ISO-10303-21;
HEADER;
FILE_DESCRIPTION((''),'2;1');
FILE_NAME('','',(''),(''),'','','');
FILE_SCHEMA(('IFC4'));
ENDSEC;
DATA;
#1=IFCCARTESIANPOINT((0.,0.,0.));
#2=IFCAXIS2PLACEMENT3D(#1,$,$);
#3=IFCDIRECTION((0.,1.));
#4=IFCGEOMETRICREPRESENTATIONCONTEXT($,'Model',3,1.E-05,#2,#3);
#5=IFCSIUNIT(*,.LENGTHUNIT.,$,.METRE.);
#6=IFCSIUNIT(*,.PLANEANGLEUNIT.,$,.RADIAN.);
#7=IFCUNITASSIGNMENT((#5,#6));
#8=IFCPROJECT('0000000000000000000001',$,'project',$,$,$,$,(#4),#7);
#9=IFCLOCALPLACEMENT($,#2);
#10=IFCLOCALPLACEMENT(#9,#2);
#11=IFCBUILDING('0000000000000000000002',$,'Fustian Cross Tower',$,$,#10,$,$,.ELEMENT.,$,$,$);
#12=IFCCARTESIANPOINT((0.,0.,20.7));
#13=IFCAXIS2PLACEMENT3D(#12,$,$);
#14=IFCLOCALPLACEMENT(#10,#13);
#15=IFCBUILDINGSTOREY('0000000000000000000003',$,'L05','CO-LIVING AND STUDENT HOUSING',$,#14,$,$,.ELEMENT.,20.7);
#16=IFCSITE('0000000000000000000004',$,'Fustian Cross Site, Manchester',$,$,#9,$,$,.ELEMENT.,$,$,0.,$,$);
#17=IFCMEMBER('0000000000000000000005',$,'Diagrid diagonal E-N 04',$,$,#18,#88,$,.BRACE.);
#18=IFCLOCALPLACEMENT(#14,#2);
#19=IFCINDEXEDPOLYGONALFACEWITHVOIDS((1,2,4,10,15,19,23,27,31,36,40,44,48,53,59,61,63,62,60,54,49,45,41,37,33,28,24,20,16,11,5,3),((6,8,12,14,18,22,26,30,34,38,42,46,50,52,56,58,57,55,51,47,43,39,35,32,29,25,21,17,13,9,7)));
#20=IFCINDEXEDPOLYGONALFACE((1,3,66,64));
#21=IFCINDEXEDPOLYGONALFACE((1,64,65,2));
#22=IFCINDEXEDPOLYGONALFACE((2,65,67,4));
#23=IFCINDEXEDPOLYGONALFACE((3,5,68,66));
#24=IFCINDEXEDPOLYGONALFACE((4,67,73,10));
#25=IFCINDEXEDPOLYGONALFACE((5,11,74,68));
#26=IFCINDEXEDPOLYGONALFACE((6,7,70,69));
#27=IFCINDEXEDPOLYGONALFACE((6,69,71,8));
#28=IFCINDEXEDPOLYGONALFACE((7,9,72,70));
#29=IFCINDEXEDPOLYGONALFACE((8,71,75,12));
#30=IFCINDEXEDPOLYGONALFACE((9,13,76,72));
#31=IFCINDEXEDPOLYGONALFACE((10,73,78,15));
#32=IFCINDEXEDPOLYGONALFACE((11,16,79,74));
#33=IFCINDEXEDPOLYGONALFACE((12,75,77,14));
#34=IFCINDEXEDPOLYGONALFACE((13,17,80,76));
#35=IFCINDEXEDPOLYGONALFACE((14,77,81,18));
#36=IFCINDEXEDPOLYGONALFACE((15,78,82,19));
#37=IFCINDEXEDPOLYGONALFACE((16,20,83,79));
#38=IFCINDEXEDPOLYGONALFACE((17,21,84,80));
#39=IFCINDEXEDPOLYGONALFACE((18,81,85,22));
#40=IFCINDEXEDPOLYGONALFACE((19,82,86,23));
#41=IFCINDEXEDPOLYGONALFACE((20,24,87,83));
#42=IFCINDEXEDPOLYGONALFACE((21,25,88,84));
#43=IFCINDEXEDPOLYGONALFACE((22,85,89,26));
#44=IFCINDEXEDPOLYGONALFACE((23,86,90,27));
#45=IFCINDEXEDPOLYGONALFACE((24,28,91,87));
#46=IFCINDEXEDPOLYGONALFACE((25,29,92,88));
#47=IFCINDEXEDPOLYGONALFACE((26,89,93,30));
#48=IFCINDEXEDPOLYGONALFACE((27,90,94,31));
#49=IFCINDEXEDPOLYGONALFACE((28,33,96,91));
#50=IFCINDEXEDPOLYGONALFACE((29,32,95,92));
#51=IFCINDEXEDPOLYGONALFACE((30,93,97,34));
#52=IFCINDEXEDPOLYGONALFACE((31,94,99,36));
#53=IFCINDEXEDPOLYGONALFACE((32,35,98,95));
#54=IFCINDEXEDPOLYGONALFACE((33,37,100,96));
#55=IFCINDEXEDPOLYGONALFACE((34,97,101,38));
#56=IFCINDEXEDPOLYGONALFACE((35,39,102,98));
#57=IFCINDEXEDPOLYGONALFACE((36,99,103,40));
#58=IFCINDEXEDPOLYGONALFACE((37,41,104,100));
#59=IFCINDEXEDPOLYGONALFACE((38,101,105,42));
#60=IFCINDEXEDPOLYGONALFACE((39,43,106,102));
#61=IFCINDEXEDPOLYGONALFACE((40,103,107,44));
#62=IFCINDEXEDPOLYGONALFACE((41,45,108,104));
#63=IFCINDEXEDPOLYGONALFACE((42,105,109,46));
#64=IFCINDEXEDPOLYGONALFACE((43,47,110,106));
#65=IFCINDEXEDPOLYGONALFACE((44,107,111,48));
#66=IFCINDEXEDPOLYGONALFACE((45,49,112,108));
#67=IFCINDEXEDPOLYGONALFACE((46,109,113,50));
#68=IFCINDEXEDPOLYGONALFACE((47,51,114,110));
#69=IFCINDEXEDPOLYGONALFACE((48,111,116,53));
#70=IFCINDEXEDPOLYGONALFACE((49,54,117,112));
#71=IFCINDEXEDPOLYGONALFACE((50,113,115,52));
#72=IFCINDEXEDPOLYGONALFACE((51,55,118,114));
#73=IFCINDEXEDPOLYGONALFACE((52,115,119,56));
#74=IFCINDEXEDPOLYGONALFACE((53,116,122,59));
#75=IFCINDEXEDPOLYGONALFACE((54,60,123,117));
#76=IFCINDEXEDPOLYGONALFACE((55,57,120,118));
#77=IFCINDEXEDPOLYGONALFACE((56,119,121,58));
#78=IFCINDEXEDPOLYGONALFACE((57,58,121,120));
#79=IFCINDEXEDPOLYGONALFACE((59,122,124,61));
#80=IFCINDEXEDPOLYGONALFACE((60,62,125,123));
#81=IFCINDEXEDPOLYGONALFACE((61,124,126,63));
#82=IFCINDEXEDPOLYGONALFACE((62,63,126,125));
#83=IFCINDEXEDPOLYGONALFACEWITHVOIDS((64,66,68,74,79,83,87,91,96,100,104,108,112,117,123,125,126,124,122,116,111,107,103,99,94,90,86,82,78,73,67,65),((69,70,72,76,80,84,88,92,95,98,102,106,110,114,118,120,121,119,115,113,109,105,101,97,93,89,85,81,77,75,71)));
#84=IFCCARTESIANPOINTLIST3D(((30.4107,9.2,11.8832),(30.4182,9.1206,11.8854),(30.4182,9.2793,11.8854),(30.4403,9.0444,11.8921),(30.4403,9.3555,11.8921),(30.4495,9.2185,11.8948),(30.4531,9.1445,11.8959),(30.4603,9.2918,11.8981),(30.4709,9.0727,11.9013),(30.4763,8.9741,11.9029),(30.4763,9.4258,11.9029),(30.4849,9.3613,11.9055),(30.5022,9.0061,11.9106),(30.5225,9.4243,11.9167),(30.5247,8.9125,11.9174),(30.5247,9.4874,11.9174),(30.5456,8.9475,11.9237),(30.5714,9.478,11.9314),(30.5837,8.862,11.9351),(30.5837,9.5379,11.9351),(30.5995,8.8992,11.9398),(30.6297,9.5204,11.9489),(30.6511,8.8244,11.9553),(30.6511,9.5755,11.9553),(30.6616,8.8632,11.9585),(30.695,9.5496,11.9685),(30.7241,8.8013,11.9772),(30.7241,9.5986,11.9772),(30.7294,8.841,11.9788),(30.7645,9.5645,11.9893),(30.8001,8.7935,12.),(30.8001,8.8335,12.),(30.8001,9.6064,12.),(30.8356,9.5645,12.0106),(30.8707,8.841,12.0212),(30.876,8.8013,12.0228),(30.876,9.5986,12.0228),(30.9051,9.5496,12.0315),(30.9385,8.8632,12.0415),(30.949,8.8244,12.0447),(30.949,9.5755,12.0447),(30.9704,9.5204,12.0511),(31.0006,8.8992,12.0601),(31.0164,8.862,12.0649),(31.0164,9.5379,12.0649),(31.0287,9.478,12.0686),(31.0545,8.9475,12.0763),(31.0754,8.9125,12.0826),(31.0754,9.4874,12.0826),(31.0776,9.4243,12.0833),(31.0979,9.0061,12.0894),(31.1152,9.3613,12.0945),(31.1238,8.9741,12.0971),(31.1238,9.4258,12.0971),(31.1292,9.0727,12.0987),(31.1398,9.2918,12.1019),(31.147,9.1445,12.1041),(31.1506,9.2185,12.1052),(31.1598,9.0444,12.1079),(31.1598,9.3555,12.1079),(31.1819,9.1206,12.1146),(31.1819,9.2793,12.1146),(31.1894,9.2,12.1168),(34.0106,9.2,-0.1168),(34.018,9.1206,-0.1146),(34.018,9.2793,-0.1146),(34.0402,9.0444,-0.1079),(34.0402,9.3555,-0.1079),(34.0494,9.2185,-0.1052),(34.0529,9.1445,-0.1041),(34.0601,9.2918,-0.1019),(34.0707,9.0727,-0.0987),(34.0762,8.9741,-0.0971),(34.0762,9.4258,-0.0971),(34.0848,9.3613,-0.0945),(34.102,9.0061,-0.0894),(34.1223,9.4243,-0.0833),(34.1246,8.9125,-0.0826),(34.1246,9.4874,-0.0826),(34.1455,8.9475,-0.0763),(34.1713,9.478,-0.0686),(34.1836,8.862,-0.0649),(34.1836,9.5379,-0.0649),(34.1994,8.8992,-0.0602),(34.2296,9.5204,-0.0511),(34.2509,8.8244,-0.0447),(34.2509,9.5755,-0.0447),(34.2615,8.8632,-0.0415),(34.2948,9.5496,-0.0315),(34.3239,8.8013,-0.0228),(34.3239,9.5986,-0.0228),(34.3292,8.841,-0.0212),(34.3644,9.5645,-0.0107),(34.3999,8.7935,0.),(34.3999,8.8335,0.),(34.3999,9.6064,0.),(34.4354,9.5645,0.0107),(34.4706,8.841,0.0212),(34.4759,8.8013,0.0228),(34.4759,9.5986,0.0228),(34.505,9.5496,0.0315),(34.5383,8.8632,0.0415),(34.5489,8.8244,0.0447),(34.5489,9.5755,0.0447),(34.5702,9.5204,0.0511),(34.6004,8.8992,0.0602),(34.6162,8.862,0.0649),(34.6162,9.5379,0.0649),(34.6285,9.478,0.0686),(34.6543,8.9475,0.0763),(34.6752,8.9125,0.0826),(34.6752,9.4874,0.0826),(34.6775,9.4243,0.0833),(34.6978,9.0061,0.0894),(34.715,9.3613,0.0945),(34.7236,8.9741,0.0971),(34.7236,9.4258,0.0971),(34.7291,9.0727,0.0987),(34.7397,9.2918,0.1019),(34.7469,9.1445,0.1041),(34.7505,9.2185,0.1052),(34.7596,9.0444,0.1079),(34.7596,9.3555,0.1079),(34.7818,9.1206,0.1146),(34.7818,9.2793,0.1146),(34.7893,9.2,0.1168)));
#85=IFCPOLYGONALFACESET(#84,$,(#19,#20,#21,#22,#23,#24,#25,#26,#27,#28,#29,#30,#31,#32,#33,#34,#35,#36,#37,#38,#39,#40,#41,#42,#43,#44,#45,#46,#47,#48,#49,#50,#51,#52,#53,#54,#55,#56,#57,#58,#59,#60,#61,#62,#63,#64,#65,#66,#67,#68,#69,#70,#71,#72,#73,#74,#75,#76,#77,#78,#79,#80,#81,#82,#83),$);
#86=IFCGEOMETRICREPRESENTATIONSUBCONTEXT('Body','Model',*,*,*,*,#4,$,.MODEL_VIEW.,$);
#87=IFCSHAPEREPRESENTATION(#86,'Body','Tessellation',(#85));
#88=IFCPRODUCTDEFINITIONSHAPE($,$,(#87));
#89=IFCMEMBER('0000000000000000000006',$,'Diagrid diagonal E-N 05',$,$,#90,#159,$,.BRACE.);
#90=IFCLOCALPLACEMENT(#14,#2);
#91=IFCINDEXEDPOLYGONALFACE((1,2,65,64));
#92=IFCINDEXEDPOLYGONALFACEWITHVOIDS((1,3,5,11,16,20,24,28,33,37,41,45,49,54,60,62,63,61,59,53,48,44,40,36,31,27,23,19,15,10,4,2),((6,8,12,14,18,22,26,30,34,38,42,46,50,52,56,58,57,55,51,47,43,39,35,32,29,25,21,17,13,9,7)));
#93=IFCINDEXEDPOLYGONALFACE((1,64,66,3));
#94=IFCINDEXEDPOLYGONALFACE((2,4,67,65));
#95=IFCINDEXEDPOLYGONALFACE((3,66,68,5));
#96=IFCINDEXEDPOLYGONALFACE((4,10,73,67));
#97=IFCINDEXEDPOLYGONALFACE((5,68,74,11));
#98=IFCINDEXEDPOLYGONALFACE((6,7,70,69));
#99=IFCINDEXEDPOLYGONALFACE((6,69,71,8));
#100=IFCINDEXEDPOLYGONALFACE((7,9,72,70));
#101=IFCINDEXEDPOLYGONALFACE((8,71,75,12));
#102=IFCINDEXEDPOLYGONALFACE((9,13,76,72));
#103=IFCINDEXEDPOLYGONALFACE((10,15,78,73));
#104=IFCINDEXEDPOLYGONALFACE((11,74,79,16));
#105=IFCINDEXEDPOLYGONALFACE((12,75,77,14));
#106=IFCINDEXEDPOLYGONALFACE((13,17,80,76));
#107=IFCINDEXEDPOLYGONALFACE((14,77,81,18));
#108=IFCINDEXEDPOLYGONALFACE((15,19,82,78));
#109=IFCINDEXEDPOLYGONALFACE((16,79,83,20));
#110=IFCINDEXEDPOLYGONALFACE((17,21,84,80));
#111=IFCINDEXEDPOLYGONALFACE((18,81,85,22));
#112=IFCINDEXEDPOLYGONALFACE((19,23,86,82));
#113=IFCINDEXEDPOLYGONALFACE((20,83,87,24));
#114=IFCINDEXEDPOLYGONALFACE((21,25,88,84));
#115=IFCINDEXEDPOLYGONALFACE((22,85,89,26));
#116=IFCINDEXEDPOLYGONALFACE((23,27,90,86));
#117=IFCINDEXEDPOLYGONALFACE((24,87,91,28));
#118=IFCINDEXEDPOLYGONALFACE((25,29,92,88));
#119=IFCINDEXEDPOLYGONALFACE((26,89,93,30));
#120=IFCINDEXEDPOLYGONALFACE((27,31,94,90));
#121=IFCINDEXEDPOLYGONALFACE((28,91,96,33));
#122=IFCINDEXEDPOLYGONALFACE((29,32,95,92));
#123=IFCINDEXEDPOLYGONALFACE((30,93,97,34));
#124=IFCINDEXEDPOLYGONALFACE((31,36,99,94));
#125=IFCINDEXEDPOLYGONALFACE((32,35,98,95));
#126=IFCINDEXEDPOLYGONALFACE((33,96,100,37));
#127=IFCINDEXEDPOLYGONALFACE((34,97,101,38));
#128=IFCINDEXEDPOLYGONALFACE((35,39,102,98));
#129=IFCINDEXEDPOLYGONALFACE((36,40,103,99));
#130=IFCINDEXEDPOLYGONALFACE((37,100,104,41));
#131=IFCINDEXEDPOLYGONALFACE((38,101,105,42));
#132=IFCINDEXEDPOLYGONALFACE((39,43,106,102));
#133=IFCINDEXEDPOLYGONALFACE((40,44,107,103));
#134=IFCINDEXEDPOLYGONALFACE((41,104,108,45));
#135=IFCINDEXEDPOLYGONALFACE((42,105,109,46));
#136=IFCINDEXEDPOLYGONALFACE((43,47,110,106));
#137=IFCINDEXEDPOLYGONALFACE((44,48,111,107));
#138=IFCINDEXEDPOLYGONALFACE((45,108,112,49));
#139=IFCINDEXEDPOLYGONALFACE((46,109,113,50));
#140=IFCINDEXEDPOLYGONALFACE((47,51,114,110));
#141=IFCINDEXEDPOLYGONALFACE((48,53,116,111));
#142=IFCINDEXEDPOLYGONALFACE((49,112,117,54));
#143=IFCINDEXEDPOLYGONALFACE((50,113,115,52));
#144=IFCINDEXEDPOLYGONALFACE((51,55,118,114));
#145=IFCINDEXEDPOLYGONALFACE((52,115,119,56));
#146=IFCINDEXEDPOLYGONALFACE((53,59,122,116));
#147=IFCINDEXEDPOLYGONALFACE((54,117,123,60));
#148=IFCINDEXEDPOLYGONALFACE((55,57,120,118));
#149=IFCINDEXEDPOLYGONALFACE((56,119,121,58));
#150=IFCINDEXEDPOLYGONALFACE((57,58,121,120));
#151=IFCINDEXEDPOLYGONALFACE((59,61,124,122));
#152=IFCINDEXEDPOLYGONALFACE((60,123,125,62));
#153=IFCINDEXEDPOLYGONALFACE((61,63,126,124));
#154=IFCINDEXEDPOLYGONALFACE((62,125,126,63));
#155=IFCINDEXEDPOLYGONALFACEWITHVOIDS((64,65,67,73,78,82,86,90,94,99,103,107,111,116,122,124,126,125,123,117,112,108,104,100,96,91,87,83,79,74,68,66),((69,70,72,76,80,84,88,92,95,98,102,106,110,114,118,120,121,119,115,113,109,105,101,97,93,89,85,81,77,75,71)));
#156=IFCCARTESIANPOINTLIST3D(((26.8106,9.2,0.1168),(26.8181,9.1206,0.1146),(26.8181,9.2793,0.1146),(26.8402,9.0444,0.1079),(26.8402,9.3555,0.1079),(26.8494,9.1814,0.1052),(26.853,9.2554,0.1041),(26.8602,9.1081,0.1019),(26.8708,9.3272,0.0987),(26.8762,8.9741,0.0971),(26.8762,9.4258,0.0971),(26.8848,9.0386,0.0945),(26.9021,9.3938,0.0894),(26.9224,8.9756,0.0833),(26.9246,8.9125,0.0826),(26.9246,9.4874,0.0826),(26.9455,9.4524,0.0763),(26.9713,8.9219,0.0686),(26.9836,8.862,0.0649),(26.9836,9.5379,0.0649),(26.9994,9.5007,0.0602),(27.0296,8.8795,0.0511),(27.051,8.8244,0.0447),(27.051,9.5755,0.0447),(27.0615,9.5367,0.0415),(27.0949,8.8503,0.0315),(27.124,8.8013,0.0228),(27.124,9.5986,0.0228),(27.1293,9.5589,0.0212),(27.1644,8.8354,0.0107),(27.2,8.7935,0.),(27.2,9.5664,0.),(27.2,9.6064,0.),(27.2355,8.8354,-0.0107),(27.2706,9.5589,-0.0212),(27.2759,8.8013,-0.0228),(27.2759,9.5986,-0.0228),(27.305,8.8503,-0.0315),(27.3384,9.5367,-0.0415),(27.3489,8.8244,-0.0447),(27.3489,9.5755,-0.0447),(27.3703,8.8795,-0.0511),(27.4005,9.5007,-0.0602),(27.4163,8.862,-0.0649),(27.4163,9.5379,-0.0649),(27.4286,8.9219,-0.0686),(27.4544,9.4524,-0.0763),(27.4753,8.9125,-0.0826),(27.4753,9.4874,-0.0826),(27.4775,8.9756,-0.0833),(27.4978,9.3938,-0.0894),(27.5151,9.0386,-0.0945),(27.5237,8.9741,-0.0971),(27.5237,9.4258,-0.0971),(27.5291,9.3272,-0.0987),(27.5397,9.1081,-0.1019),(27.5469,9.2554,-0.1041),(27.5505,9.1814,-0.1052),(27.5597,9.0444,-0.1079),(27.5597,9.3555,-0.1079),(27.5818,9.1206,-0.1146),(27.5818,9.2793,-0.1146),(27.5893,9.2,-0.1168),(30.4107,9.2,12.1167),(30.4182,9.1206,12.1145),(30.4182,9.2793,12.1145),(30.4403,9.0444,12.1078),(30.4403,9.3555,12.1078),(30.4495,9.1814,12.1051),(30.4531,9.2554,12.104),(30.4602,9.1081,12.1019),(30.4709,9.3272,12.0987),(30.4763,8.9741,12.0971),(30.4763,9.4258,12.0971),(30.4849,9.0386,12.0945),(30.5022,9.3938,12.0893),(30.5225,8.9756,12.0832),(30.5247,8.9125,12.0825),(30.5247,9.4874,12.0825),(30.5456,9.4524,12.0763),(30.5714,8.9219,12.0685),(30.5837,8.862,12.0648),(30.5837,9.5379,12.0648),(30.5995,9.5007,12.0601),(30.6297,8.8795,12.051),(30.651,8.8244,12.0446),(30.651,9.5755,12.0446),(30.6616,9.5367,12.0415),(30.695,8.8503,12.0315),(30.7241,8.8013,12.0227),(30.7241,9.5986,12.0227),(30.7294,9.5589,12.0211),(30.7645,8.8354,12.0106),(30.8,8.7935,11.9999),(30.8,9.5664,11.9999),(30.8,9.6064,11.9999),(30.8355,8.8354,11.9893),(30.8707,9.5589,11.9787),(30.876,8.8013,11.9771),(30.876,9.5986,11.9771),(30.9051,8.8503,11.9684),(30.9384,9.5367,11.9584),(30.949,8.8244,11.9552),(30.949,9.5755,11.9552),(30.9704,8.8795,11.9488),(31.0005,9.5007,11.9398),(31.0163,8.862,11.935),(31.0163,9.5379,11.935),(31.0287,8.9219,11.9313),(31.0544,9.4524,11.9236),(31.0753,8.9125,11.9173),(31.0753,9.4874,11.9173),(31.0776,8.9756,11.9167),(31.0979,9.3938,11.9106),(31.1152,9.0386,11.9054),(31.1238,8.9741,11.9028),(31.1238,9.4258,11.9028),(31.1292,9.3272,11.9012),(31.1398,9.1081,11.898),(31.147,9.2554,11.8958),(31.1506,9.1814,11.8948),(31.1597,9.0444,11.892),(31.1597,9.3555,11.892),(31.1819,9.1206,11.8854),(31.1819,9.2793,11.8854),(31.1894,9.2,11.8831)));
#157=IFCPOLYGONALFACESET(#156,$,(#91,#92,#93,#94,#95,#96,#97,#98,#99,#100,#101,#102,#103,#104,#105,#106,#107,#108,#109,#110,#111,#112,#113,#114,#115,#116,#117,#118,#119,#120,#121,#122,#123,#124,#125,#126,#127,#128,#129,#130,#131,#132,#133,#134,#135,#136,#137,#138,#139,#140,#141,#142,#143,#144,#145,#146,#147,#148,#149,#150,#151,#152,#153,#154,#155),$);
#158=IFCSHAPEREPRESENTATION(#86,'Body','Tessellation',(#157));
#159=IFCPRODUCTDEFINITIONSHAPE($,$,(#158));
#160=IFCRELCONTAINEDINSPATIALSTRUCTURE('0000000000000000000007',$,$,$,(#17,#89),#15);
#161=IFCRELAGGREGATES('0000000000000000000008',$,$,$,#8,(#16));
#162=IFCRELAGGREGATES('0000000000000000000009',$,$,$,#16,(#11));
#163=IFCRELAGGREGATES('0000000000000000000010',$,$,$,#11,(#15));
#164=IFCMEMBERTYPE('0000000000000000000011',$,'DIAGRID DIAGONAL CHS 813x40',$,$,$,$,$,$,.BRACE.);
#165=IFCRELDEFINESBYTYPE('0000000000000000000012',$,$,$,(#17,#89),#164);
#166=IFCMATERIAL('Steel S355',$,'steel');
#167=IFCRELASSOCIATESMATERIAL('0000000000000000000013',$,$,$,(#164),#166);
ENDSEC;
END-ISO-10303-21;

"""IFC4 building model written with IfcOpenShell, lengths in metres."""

from ifc_helpers import new_model, si_unit, direction, frame, origin, origin_2d, place, context, subcontext, project, spatial, hollow_circle, extrude, material, material_profile, profile_set, type_object, element, save


model = new_model("IFC4")

# Units and contexts
model_context = context("Model", 3, precision=1e-05, world=origin(), true_north=direction((0.0, 1.0)))
body_context = subcontext(model_context, "Body", "Model", "MODEL_VIEW")
ifc_project = project(units=[si_unit("LENGTHUNIT", "METRE"), si_unit("PLANEANGLEUNIT", "RADIAN")], contexts=[model_context])

# Site, building, storey
site_placement = place(None, origin())
site = spatial("IfcSite", under=ifc_project, at=site_placement, Name="Fustian Cross Site, Manchester", CompositionType="ELEMENT", RefElevation=0.0)
building_placement = place(site_placement, origin())
building = spatial("IfcBuilding", under=site, at=building_placement, Name="Fustian Cross Tower", CompositionType="ELEMENT")
storey_placement = place(building_placement, frame((0.0, 0.0, 20.7)))
storey = spatial("IfcBuildingStorey", under=building, at=storey_placement, Name="L05", Description="CO-LIVING AND STUDENT HOUSING", CompositionType="ELEMENT", Elevation=20.7)

# Members
ifc_material_1 = material(Name="Steel S355", Category="steel")
ifc_material_profile_1 = material_profile(ifc_material_1, hollow_circle(Radius=0.4065, WallThickness=0.04, at=origin_2d()), Name="CHS 813x40")
ifc_profile_set_1 = profile_set([ifc_material_profile_1], Name="Steel S355")
member_type_1 = type_object("IfcMemberType", Name="DIAGRID DIAGONAL CHS 813x40", PredefinedType="BRACE", material=ifc_profile_set_1)
for number, where, z_axis, x_axis, name in (
    (1, (34.3999, 9.2, 0.0), (-0.287337, 0.0, 0.95783), (0.0, -1.0, 0.0), "Diagrid diagonal E-N 04"),
    (2, (27.2, 9.2, 0.0), (0.287355, 0.0, 0.957824), (0.0, 1.0, 0.0), "Diagrid diagonal E-N 05"),
):
    element("IfcMember", number, at=place(storey_placement, frame(where, z_axis=z_axis, x_axis=x_axis)), inside=storey, type_object=member_type_1, Name=name, PredefinedType="BRACE", context=body_context, shape_type="SweptSolid", body=[
        extrude(hollow_circle(Radius=0.4065, WallThickness=0.04, at=origin_2d()), origin(), (0.0, 0.0, 1.0), 12.5283),
    ])

save(model, "model.ifc")
